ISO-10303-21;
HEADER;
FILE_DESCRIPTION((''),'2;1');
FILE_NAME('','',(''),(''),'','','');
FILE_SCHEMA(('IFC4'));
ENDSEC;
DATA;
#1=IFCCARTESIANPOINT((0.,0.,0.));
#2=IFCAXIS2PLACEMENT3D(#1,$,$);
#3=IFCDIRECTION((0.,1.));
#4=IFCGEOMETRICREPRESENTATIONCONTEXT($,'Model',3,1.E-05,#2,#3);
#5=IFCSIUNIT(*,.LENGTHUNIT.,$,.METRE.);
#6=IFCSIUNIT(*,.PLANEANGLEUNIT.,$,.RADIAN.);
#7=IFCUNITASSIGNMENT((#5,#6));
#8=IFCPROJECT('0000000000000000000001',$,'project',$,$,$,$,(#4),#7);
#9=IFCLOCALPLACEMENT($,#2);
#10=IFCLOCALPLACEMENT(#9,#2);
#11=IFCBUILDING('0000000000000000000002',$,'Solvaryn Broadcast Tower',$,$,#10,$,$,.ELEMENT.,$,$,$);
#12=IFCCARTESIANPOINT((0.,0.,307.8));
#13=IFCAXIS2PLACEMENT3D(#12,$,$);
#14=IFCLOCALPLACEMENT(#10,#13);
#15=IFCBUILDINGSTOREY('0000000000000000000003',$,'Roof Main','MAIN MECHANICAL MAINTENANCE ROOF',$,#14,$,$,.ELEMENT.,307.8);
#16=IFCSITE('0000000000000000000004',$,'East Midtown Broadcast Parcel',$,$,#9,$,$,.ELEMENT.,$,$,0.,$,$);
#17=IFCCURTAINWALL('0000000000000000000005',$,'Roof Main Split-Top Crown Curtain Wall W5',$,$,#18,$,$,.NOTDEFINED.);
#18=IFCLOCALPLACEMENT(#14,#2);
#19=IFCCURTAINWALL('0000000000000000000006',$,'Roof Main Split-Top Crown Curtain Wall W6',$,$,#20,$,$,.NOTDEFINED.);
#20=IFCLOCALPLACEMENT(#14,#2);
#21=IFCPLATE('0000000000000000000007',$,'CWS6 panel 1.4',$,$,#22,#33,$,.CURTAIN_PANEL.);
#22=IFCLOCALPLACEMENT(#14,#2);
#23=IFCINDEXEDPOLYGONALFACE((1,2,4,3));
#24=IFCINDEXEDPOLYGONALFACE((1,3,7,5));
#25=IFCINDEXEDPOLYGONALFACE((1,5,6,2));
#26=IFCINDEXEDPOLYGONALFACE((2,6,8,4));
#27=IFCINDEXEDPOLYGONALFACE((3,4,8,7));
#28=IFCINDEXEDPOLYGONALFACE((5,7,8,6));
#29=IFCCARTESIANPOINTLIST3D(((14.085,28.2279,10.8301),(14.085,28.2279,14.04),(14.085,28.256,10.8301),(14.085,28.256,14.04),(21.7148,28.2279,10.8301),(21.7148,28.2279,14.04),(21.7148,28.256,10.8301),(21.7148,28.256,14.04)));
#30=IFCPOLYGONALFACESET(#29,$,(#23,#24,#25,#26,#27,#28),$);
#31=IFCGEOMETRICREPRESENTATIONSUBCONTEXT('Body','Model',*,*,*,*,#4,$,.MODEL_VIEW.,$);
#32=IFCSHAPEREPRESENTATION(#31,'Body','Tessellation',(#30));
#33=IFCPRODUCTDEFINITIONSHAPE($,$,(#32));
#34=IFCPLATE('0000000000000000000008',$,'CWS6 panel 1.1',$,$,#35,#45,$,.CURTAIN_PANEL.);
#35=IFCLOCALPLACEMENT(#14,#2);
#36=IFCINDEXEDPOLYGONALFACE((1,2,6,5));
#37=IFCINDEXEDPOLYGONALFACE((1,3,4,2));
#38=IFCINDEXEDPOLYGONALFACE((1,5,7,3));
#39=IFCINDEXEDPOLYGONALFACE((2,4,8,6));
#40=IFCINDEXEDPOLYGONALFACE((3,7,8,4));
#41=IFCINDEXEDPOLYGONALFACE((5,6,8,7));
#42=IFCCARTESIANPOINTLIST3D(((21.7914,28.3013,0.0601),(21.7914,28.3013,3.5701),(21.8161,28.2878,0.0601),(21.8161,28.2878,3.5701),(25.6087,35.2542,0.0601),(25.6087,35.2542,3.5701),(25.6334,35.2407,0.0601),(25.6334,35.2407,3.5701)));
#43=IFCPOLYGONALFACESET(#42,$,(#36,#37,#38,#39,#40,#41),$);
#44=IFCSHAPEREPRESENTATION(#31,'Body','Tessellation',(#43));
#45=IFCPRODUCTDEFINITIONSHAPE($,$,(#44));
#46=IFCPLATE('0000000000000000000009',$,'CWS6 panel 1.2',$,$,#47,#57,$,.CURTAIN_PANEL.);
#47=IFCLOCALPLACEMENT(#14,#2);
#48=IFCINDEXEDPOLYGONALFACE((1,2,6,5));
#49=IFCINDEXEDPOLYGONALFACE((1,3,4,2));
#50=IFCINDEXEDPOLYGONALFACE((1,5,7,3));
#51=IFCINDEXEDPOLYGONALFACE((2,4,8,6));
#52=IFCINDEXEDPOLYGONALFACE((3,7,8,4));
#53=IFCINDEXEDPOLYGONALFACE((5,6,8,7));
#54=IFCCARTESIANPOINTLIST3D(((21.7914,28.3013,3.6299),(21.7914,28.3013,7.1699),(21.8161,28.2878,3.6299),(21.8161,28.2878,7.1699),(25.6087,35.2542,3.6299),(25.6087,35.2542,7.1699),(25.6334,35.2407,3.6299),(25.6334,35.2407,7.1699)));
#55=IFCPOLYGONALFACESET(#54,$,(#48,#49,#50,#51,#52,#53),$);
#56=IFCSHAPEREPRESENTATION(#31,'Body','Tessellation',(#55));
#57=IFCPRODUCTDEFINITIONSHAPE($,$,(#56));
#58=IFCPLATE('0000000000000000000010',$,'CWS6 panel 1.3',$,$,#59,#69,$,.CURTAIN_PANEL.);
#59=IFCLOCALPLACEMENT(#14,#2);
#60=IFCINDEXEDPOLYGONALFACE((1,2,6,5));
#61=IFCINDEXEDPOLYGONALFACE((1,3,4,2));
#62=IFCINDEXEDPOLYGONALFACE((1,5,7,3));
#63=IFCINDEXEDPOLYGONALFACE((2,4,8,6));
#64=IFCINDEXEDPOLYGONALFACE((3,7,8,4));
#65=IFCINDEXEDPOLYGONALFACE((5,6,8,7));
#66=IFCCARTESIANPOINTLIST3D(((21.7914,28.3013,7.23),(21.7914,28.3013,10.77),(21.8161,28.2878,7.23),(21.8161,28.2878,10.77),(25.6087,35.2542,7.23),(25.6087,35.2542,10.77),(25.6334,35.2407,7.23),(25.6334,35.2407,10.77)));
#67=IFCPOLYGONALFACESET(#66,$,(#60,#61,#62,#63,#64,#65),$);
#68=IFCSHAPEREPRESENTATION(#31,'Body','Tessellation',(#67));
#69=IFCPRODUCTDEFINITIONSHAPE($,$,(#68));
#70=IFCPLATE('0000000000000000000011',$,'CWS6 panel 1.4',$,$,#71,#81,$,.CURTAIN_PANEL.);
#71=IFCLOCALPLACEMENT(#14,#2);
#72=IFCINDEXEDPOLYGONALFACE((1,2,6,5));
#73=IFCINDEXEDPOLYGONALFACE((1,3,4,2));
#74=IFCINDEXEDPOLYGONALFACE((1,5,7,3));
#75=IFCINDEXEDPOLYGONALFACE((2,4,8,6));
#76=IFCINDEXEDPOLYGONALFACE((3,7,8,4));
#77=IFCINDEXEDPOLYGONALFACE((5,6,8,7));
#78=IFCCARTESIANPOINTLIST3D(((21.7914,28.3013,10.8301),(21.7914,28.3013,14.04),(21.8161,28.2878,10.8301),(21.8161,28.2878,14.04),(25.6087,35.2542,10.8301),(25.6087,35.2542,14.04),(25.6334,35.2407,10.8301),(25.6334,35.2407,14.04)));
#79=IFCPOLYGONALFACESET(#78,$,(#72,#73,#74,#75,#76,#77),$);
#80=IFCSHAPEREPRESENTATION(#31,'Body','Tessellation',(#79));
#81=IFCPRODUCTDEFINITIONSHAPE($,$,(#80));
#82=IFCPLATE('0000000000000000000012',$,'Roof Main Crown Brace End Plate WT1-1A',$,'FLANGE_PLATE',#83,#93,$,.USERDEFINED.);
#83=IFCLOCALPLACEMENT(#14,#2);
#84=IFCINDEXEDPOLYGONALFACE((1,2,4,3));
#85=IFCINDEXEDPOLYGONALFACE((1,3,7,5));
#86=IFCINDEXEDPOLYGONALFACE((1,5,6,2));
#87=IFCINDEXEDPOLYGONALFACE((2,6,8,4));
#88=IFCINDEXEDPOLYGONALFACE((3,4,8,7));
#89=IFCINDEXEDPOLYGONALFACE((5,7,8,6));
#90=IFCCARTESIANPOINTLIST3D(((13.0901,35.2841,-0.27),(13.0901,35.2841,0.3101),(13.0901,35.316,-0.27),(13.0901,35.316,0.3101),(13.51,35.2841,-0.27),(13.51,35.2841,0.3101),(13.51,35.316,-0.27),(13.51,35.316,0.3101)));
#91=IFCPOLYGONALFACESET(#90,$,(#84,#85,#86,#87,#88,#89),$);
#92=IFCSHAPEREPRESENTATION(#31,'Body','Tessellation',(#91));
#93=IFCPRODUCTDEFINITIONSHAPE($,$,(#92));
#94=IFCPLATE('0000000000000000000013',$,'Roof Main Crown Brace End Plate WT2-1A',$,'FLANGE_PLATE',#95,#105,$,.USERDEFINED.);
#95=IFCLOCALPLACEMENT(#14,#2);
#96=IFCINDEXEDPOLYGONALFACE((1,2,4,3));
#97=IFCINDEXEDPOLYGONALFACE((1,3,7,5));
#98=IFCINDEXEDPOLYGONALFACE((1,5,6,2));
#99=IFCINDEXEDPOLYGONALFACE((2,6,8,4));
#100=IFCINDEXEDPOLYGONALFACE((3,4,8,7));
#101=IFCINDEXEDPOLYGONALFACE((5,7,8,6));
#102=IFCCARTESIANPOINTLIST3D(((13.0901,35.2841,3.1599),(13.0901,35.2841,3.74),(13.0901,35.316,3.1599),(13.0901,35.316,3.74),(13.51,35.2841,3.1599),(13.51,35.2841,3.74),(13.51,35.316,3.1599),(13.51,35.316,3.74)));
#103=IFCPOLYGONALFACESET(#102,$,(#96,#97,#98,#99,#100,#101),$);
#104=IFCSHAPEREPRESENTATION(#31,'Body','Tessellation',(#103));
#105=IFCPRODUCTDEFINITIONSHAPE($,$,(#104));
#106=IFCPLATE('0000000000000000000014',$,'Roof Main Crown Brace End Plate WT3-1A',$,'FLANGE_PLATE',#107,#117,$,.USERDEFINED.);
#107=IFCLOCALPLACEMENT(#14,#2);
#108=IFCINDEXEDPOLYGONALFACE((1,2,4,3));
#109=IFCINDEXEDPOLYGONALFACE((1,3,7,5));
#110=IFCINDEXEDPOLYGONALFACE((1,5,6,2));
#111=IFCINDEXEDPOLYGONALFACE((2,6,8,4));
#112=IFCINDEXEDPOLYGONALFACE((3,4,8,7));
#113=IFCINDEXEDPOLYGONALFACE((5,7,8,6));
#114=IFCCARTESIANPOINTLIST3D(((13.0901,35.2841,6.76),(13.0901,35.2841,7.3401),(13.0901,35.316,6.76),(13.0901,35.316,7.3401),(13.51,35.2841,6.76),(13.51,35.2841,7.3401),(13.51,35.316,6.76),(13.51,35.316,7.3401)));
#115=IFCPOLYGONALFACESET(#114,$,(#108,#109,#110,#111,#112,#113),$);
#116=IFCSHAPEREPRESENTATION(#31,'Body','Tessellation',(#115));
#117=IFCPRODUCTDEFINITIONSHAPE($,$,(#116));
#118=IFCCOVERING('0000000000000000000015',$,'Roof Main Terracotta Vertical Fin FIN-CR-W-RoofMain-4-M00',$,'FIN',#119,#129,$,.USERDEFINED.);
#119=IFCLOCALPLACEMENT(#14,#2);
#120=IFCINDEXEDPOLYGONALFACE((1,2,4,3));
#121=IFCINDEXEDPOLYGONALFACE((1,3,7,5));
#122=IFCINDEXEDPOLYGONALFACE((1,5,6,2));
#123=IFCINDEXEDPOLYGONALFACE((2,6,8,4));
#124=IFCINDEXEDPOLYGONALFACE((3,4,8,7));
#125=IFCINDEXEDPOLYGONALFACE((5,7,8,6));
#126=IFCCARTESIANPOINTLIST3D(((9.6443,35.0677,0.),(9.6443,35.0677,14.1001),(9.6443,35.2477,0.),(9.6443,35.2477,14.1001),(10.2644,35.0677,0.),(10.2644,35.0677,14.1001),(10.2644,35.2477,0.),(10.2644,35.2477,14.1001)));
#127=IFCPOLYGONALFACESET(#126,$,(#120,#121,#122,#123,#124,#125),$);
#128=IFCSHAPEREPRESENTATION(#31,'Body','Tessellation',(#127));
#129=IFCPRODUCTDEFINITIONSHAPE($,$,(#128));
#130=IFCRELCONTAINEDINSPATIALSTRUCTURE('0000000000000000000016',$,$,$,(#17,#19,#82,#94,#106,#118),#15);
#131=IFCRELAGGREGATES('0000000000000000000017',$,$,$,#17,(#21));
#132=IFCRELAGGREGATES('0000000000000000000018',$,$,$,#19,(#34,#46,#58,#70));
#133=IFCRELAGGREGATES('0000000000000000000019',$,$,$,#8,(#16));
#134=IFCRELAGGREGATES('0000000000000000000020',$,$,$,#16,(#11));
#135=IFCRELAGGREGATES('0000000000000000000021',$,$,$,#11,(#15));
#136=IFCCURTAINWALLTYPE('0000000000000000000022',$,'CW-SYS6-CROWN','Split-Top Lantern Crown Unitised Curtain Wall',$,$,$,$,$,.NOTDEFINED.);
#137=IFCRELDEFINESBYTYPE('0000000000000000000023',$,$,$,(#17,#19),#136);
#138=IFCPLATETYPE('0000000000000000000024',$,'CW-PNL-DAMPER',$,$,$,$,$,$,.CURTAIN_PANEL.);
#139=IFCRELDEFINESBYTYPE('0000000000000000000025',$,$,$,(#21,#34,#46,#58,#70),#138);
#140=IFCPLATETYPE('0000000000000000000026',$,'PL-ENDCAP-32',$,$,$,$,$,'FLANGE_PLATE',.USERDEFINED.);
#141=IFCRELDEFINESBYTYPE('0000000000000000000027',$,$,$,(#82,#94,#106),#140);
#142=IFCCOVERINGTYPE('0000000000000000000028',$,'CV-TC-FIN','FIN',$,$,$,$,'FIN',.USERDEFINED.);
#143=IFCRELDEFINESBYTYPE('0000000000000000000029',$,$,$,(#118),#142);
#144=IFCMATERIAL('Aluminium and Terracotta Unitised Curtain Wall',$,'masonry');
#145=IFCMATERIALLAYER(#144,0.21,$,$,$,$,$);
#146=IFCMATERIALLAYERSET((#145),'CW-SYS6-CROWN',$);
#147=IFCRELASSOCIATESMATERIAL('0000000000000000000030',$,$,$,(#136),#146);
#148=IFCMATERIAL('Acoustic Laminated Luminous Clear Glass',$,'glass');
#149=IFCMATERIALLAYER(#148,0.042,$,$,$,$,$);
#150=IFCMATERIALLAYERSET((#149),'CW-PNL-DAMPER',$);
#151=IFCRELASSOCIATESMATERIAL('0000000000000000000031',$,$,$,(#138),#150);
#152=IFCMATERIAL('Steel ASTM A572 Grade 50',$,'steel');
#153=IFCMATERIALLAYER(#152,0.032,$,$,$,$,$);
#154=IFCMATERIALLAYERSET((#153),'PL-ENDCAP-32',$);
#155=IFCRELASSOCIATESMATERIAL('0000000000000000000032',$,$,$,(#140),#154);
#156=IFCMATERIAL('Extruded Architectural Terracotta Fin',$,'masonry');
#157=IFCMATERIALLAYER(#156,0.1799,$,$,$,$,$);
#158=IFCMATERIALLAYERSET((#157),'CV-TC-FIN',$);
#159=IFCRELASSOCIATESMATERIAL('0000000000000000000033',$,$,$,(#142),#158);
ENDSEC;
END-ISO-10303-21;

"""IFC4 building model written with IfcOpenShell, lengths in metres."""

from ifc_helpers import new_model, si_unit, direction, frame, origin, origin_2d, place, context, subcontext, project, spatial, rectangle, extrude, material, layer, layer_set, type_object, element, aggregate, save


model = new_model("IFC4")

# Units and contexts
model_context = context("Model", 3, precision=1e-05, world=origin(), true_north=direction((0.0, 1.0)))
body_context = subcontext(model_context, "Body", "Model", "MODEL_VIEW")
ifc_project = project(units=[si_unit("LENGTHUNIT", "METRE"), si_unit("PLANEANGLEUNIT", "RADIAN")], contexts=[model_context])

# Site, building, storey
site_placement = place(None, origin())
site = spatial("IfcSite", under=ifc_project, at=site_placement, Name="East Midtown Broadcast Parcel", CompositionType="ELEMENT", RefElevation=0.0)
building_placement = place(site_placement, origin())
building = spatial("IfcBuilding", under=site, at=building_placement, Name="Solvaryn Broadcast Tower", CompositionType="ELEMENT")
storey_placement = place(building_placement, frame((0.0, 0.0, 307.8)))
storey = spatial("IfcBuildingStorey", under=building, at=storey_placement, Name="Roof Main", Description="MAIN MECHANICAL MAINTENANCE ROOF", CompositionType="ELEMENT", Elevation=307.8)

# Shared definitions
ifc_material_1 = material(Name="Aluminium and Terracotta Unitised Curtain Wall", Category="masonry")
ifc_layer_1 = layer(ifc_material_1, 0.21)
ifc_layer_set_1 = layer_set([ifc_layer_1], Name="CW-SYS6-CROWN")
curtain_wall_type = type_object("IfcCurtainWallType", Name="CW-SYS6-CROWN", Description="Split-Top Lantern Crown Unitised Curtain Wall", PredefinedType="NOTDEFINED", material=ifc_layer_set_1)

# Curtain walls
curtain_wall_1_placement = place(storey_placement, origin())
curtain_wall_1 = element("IfcCurtainWall", 1, at=curtain_wall_1_placement, inside=storey, type_object=curtain_wall_type, Name="Roof Main Split-Top Crown Curtain Wall W5", PredefinedType="NOTDEFINED")
curtain_wall_2_placement = place(storey_placement, origin())
curtain_wall_2 = element("IfcCurtainWall", 2, at=curtain_wall_2_placement, inside=storey, type_object=curtain_wall_type, Name="Roof Main Split-Top Crown Curtain Wall W6", PredefinedType="NOTDEFINED")

# Plates
ifc_material_2 = material(Name="Acoustic Laminated Luminous Clear Glass", Category="glass")
ifc_layer_2 = layer(ifc_material_2, 0.042)
ifc_layer_set_2 = layer_set([ifc_layer_2], Name="CW-PNL-DAMPER")
plate_type_1 = type_object("IfcPlateType", Name="CW-PNL-DAMPER", PredefinedType="CURTAIN_PANEL", material=ifc_layer_set_2)
plate_1_placement = place(storey_placement, frame((17.8999, 28.2419, 10.8301), z_axis=(0.0, 0.0, 1.0), x_axis=(1.0, 0.0, 0.0)))
plate_1 = element("IfcPlate", 3, at=plate_1_placement, type_object=plate_type_1, Name="CWS6 panel 1.4", PredefinedType="CURTAIN_PANEL", context=body_context, shape_type="SweptSolid", body=[
    extrude(rectangle(XDim=7.6299, YDim=0.0281, at=origin_2d()), origin(), (0.0, 0.0, 1.0), 3.21),
])
aggregate(curtain_wall_1, [plate_1])
plate_2_placement = place(storey_placement, frame((23.7124, 31.771, 0.0601), z_axis=(0.0, 0.0, 1.0), x_axis=(0.481261, 0.876578, 0.0)))
plate_2 = element("IfcPlate", 4, at=plate_2_placement, type_object=plate_type_1, Name="CWS6 panel 1.1", PredefinedType="CURTAIN_PANEL", context=body_context, shape_type="SweptSolid", body=[
    extrude(rectangle(XDim=7.9319, YDim=0.0281, at=origin_2d()), origin(), (0.0, 0.0, 1.0), 3.51),
])
plate_3_placement = place(storey_placement, frame((23.7124, 31.771, 3.6299), z_axis=(0.0, 0.0, 1.0), x_axis=(0.481261, 0.876578, 0.0)))
plate_3 = element("IfcPlate", 5, at=plate_3_placement, type_object=plate_type_1, Name="CWS6 panel 1.2", PredefinedType="CURTAIN_PANEL", context=body_context, shape_type="SweptSolid", body=[
    extrude(rectangle(XDim=7.9319, YDim=0.0281, at=origin_2d()), origin(), (0.0, 0.0, 1.0), 3.54),
])
plate_4_placement = place(storey_placement, frame((23.7124, 31.771, 7.23), z_axis=(0.0, 0.0, 1.0), x_axis=(0.481261, 0.876578, 0.0)))
plate_4 = element("IfcPlate", 6, at=plate_4_placement, type_object=plate_type_1, Name="CWS6 panel 1.3", PredefinedType="CURTAIN_PANEL", context=body_context, shape_type="SweptSolid", body=[
    extrude(rectangle(XDim=7.9319, YDim=0.0281, at=origin_2d()), origin(), (0.0, 0.0, 1.0), 3.54),
])
plate_5_placement = place(storey_placement, frame((23.7124, 31.771, 10.8301), z_axis=(0.0, 0.0, 1.0), x_axis=(0.481261, 0.876578, 0.0)))
plate_5 = element("IfcPlate", 7, at=plate_5_placement, type_object=plate_type_1, Name="CWS6 panel 1.4", PredefinedType="CURTAIN_PANEL", context=body_context, shape_type="SweptSolid", body=[
    extrude(rectangle(XDim=7.9319, YDim=0.0281, at=origin_2d()), origin(), (0.0, 0.0, 1.0), 3.21),
])
aggregate(curtain_wall_2, [plate_2, plate_3, plate_4, plate_5])

# Plates
ifc_material_3 = material(Name="Steel ASTM A572 Grade 50", Category="steel")
ifc_layer_3 = layer(ifc_material_3, 0.032)
ifc_layer_set_3 = layer_set([ifc_layer_3], Name="PL-ENDCAP-32")
plate_type_2 = type_object("IfcPlateType", Name="PL-ENDCAP-32", ElementType="FLANGE_PLATE", PredefinedType="USERDEFINED", material=ifc_layer_set_3)
for number, where, z_axis, x_axis, name in (
    (8, (13.3, 35.3, -0.27), (0.0, 0.0, 1.0), (1.0, 0.0, 0.0), "Roof Main Crown Brace End Plate WT1-1A"),
    (9, (13.3, 35.3, 3.1599), (0.0, 0.0, 1.0), (1.0, 0.0, 0.0), "Roof Main Crown Brace End Plate WT2-1A"),
    (10, (13.3, 35.3, 6.76), (0.0, 0.0, 1.0), (1.0, 0.0, 0.0), "Roof Main Crown Brace End Plate WT3-1A"),
):
    element("IfcPlate", number, at=place(storey_placement, frame(where, z_axis=z_axis, x_axis=x_axis)), inside=storey, type_object=plate_type_2, Name=name, ObjectType="FLANGE_PLATE", PredefinedType="USERDEFINED", context=body_context, shape_type="SweptSolid", body=[
        extrude(rectangle(XDim=0.4199, YDim=0.032, at=origin_2d()), origin(), (0.0, 0.0, 1.0), 0.5801),
    ])

# Covering
ifc_material_4 = material(Name="Extruded Architectural Terracotta Fin", Category="masonry")
ifc_layer_4 = layer(ifc_material_4, 0.1799)
ifc_layer_set_4 = layer_set([ifc_layer_4], Name="CV-TC-FIN")
covering_type = type_object("IfcCoveringType", Name="CV-TC-FIN", Description="FIN", ElementType="FIN", PredefinedType="USERDEFINED", material=ifc_layer_set_4)
covering_placement = place(storey_placement, frame((9.9543, 35.1577, 0.0), z_axis=(0.0, 0.0, 1.0), x_axis=(1.0, 0.0, 0.0)))
element("IfcCovering", 11, at=covering_placement, inside=storey, type_object=covering_type, Name="Roof Main Terracotta Vertical Fin FIN-CR-W-RoofMain-4-M00", ObjectType="FIN", PredefinedType="USERDEFINED", context=body_context, shape_type="SweptSolid", body=[
    extrude(rectangle(XDim=0.6201, YDim=0.1799, at=origin_2d()), origin(), (0.0, 0.0, 1.0), 14.1001),
])

save(model, "model.ifc")
